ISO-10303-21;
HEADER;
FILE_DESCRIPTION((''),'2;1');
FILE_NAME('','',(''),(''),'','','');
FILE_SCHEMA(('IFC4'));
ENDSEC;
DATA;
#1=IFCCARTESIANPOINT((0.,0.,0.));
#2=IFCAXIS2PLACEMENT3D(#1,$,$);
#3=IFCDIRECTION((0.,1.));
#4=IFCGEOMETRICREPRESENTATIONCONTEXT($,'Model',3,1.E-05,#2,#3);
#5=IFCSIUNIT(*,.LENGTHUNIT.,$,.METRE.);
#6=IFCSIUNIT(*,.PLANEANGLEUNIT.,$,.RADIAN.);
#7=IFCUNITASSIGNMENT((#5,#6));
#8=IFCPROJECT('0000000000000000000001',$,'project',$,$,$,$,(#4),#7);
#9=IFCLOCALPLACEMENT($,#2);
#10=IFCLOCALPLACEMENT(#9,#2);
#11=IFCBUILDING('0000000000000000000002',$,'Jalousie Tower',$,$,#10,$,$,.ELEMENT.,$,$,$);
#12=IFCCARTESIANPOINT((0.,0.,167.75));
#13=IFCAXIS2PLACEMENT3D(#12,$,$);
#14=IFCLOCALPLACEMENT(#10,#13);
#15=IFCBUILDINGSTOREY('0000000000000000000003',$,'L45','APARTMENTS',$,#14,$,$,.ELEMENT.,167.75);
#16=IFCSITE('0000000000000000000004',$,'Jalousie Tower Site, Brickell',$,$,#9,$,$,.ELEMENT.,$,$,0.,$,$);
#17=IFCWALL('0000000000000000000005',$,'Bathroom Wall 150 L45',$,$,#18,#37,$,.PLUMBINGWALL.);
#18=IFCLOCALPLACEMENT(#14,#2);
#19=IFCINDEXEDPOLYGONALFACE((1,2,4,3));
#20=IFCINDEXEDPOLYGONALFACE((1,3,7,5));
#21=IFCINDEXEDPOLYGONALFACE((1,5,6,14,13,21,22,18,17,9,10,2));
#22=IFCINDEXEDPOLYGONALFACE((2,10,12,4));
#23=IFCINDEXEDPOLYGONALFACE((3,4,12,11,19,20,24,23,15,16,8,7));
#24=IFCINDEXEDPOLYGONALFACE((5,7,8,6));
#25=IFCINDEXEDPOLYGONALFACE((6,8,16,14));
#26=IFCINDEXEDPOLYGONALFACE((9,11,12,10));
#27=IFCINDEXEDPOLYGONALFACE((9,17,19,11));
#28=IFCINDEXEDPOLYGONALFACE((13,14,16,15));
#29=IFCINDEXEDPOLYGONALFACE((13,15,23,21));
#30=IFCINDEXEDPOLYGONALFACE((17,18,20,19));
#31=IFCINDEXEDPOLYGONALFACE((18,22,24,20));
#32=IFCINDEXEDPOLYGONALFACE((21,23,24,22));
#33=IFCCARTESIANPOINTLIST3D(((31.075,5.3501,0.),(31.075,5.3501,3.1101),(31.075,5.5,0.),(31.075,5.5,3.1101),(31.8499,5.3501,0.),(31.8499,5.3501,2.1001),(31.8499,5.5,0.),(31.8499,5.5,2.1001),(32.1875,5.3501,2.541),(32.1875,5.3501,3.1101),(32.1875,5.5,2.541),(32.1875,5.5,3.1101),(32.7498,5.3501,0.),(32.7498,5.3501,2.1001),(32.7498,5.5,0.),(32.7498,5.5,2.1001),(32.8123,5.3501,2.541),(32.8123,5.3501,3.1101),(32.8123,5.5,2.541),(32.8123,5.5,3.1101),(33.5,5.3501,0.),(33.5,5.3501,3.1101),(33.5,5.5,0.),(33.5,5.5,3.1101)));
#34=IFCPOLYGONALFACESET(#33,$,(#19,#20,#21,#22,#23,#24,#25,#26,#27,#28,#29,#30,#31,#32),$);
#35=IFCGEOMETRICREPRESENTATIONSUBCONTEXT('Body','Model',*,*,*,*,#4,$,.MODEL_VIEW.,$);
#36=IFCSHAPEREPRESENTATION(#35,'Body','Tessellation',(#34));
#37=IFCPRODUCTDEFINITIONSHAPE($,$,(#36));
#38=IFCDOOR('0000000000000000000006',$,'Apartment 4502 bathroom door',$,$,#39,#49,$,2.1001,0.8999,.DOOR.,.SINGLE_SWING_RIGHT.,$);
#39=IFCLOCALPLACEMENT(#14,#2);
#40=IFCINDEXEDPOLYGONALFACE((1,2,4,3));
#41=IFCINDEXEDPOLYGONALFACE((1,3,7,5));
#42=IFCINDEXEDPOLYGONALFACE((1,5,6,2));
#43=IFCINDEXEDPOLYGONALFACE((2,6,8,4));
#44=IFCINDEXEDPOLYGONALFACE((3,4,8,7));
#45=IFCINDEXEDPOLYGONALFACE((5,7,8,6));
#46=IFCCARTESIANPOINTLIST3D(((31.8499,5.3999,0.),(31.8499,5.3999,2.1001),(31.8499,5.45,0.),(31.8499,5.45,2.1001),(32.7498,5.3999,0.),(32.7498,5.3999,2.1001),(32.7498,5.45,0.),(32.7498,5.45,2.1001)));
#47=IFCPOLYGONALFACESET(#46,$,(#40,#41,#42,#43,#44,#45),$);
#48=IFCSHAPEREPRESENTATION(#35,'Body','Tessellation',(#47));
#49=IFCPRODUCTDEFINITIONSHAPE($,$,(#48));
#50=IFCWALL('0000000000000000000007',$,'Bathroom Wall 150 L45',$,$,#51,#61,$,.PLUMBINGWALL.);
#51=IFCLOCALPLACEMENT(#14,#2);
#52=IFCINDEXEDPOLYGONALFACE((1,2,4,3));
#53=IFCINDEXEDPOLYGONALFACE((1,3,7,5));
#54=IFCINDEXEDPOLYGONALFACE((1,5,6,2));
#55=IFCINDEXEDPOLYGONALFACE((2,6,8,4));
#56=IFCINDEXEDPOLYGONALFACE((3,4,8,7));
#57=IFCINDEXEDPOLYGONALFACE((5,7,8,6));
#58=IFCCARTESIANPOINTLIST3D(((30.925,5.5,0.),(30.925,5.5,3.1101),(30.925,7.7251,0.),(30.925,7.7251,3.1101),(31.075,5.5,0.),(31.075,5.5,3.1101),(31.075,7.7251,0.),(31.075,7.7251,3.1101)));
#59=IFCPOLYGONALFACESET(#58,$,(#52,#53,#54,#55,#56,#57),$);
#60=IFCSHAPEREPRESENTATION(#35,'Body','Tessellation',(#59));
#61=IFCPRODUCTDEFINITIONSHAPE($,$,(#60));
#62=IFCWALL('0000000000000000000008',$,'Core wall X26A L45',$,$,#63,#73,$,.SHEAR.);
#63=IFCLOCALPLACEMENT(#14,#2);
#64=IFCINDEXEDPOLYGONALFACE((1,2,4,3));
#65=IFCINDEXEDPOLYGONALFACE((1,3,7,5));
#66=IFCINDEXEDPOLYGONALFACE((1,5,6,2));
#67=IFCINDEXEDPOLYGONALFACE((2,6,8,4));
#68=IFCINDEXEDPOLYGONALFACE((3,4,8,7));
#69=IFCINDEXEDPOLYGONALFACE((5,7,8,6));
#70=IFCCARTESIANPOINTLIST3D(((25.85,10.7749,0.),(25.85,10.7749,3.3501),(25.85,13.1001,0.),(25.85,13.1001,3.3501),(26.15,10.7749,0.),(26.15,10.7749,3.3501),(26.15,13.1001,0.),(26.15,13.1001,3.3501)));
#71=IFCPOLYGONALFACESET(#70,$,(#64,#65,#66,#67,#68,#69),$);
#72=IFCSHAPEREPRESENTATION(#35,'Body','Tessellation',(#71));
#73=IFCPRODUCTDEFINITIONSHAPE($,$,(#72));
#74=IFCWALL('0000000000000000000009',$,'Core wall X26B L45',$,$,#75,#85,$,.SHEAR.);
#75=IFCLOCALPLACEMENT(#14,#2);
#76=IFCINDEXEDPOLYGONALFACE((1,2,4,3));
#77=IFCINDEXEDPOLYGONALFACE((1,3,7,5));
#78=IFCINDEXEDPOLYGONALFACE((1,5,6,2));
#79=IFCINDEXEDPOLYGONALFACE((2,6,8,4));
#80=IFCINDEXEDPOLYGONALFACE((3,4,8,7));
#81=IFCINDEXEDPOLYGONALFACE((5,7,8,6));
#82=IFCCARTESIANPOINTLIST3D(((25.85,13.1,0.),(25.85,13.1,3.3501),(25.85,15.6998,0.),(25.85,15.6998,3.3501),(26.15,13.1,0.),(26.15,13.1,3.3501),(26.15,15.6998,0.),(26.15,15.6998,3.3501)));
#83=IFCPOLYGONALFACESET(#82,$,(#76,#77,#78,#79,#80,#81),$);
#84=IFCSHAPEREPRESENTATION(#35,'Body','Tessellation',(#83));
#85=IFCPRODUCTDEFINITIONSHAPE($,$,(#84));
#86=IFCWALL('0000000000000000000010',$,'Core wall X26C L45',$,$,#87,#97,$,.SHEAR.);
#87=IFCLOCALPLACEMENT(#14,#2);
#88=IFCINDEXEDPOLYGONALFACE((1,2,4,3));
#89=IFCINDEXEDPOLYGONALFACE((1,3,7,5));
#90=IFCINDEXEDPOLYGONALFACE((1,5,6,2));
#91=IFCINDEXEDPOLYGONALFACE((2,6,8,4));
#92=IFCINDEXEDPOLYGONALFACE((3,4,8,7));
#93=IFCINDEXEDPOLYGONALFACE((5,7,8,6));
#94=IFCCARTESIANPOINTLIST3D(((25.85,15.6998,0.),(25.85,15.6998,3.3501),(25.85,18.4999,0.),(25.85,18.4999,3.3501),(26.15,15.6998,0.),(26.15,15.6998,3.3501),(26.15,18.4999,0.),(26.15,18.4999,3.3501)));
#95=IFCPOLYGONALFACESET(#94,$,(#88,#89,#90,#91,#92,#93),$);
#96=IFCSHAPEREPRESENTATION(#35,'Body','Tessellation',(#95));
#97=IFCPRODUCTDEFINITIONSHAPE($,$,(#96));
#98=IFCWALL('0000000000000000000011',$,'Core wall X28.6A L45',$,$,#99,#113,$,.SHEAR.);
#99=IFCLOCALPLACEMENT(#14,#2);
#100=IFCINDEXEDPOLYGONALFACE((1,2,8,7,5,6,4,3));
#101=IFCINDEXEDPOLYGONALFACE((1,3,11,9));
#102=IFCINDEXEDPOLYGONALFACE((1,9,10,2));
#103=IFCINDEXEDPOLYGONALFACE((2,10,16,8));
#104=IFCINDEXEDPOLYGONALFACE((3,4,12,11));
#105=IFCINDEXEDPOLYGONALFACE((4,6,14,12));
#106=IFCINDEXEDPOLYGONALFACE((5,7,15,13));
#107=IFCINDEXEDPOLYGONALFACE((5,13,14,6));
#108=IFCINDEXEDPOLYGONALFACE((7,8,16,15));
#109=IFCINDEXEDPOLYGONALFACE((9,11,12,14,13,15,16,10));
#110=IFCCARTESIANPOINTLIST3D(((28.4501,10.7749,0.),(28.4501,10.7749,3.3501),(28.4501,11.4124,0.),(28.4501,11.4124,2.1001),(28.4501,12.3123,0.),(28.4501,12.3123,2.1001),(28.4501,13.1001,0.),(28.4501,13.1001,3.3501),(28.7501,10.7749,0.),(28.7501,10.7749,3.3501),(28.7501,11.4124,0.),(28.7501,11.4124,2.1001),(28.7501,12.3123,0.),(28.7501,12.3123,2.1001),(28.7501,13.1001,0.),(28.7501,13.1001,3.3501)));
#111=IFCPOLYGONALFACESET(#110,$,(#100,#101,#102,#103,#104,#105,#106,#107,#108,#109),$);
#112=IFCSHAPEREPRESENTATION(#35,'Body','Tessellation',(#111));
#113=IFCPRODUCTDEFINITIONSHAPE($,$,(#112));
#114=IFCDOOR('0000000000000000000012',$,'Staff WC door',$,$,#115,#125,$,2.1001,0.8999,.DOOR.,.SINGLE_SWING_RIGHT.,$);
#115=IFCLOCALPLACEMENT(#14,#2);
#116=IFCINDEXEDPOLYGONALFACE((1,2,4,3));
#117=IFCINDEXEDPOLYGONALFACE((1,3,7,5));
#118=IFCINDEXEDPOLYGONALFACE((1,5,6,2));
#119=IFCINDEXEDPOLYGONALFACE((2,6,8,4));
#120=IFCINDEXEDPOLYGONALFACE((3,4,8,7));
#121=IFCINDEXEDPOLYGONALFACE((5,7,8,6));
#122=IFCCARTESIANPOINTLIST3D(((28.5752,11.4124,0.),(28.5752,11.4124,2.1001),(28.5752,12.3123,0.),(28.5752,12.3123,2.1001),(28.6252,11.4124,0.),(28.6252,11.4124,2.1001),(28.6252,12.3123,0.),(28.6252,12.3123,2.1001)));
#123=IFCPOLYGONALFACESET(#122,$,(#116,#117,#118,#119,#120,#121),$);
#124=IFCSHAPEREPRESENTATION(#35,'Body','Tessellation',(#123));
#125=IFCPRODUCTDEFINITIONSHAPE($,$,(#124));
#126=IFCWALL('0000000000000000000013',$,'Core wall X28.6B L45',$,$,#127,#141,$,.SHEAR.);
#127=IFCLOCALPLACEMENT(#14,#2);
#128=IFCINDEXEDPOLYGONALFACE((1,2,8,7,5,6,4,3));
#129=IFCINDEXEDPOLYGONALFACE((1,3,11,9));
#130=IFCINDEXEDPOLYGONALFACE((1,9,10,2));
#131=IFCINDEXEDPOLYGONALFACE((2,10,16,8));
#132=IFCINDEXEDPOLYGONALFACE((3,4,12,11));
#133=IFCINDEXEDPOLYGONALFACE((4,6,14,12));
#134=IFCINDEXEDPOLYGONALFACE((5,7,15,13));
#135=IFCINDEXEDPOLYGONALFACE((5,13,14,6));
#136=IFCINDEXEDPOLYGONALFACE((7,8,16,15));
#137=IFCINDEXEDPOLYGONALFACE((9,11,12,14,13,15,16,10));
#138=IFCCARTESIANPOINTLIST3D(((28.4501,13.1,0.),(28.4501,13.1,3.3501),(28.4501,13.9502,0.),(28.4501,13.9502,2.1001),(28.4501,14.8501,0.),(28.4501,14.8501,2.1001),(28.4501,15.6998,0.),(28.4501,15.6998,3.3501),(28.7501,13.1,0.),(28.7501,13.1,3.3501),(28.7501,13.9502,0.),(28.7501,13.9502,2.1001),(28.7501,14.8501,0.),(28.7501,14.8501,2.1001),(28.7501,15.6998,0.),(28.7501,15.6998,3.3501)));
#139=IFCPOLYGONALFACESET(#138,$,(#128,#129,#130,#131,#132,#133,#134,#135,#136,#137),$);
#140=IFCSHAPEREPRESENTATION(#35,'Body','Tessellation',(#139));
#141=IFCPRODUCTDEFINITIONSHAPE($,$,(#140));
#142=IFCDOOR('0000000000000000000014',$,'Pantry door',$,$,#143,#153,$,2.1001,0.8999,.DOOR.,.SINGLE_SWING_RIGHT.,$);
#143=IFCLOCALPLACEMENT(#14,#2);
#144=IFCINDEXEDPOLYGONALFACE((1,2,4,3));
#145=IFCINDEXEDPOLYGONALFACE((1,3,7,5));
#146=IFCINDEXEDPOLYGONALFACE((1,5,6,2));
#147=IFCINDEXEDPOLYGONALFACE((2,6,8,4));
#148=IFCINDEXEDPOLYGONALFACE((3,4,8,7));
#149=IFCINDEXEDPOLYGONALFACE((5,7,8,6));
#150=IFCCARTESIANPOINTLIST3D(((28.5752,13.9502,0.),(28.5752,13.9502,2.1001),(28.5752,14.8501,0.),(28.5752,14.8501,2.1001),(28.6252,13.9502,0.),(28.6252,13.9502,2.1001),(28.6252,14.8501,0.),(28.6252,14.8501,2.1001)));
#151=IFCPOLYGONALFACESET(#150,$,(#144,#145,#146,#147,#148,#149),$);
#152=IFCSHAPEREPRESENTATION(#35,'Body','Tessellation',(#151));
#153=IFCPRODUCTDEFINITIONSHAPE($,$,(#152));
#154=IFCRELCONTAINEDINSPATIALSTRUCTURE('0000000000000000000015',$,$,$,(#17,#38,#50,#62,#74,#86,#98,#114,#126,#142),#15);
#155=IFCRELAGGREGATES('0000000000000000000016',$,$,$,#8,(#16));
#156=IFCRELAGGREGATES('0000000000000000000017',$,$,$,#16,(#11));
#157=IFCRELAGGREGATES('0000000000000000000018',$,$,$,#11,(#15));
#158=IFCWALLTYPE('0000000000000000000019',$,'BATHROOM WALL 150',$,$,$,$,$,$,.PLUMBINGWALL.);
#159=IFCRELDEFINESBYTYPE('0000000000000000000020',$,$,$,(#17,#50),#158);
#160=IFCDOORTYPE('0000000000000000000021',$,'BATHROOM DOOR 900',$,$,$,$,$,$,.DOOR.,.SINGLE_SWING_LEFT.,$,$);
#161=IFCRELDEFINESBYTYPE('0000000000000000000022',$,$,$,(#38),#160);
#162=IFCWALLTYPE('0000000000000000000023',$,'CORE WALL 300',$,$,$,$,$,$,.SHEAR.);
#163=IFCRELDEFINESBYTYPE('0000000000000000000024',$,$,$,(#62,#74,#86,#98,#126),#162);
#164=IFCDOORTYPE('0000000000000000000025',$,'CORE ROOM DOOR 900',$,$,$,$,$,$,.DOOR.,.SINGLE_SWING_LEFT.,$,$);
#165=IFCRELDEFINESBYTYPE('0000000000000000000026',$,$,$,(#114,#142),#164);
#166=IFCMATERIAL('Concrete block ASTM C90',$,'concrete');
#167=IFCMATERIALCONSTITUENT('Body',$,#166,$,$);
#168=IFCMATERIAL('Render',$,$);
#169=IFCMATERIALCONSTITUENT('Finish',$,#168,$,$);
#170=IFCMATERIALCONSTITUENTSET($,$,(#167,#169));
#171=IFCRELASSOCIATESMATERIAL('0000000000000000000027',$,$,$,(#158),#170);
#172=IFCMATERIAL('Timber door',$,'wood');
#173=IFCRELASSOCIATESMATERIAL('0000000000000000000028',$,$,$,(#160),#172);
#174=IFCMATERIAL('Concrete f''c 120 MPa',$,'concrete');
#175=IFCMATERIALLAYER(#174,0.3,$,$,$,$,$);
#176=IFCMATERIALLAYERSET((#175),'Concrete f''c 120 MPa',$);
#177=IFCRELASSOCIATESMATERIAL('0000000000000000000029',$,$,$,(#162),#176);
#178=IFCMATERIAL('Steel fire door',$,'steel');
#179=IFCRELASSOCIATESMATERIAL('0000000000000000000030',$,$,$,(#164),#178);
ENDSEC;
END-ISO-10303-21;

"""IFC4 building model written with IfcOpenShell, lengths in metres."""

from ifc_helpers import new_model, si_unit, direction, frame, frame_2d, origin, place, context, subcontext, project, spatial, polyline, rectangle, outline, extrude, material, layer, layer_set, constituent, constituent_set, type_object, element, fill, save


model = new_model("IFC4")

# Units and contexts
model_context = context("Model", 3, precision=1e-05, world=origin(), true_north=direction((0.0, 1.0)))
body_context = subcontext(model_context, "Body", "Model", "MODEL_VIEW")
ifc_project = project(units=[si_unit("LENGTHUNIT", "METRE"), si_unit("PLANEANGLEUNIT", "RADIAN")], contexts=[model_context])

# Site, building, storey
site_placement = place(None, origin())
site = spatial("IfcSite", under=ifc_project, at=site_placement, Name="Jalousie Tower Site, Brickell", CompositionType="ELEMENT", RefElevation=0.0)
building_placement = place(site_placement, origin())
building = spatial("IfcBuilding", under=site, at=building_placement, Name="Jalousie Tower", CompositionType="ELEMENT")
storey_placement = place(building_placement, frame((0.0, 0.0, 167.75)))
storey = spatial("IfcBuildingStorey", under=building, at=storey_placement, Name="L45", Description="APARTMENTS", CompositionType="ELEMENT", Elevation=167.75)

# Wall, opening, door
ifc_material_1 = material(Name="Concrete block ASTM C90", Category="concrete")
ifc_constituent_1 = constituent(ifc_material_1, Name="Body")
ifc_material_2 = material(Name="Render")
ifc_constituent_2 = constituent(ifc_material_2, Name="Finish")
ifc_constituent_set_1 = constituent_set(constituents=[ifc_constituent_1, ifc_constituent_2])
wall_type_1 = type_object("IfcWallType", Name="BATHROOM WALL 150", PredefinedType="PLUMBINGWALL", material=ifc_constituent_set_1)
wall_1_placement = place(storey_placement, frame((31.075, 5.425, 0.0), z_axis=(0.0, 0.0, 1.0), x_axis=(1.0, 0.0, 0.0)))
wall_1 = element("IfcWall", 1, at=wall_1_placement, inside=storey, type_object=wall_type_1, Name="Bathroom Wall 150 L45", PredefinedType="PLUMBINGWALL", context=body_context, shape_type="SweptSolid", body=[
    extrude(outline(polyline([(0.0, 0.0), (2.425, 0.0), (2.425, 3.1101), (1.7373, 3.1101), (1.7373, 2.541), (1.1125, 2.541), (1.1125, 3.1101), (0.0, 3.1101), (0.0, 0.0)])), frame((0.0, 0.075, 0.0), z_axis=(0.0, -1.0, 0.0), x_axis=(1.0, 0.0, 0.0)), (0.0, 0.0, 1.0), 0.1499),
])
opening_1_placement = place(wall_1_placement, frame((0.7749, 0.0, 0.0)))
opening_1 = element("IfcOpeningElement", 2, at=opening_1_placement, cuts=wall_1, PredefinedType="OPENING", context=body_context, shape_type="SweptSolid", body=[
    extrude(rectangle(XDim=0.8999, YDim=2.1001, at=frame_2d((0.45, 1.05))), frame((0.0, 0.085, 0.0), z_axis=(0.0, -1.0, 0.0), x_axis=(1.0, 0.0, 0.0)), (0.0, 0.0, 1.0), 0.1699),
])
ifc_material_3 = material(Name="Timber door", Category="wood")
door_type_1 = type_object("IfcDoorType", Name="BATHROOM DOOR 900", OperationType="SINGLE_SWING_LEFT", PredefinedType="DOOR", material=ifc_material_3)
door_1_placement = place(opening_1_placement, origin())
door_1 = element("IfcDoor", 3, at=door_1_placement, inside=storey, type_object=door_type_1, Name="Apartment 4502 bathroom door", OperationType="SINGLE_SWING_RIGHT", OverallHeight=2.1001, OverallWidth=0.8999, PredefinedType="DOOR", context=body_context, shape_type="SweptSolid", body=[
    extrude(rectangle(XDim=0.8999, YDim=2.1001, at=frame_2d((0.45, 1.05))), frame((0.0, 0.0249, 0.0), z_axis=(0.0, -1.0, 0.0), x_axis=(1.0, 0.0, 0.0)), (0.0, 0.0, 1.0), 0.05),
])
fill(opening_1, door_1)

# Walls
wall_2_placement = place(storey_placement, frame((31.0, 5.5, 0.0), z_axis=(0.0, 0.0, 1.0), x_axis=(0.0, 1.0, 0.0)))
element("IfcWall", 4, at=wall_2_placement, inside=storey, type_object=wall_type_1, Name="Bathroom Wall 150 L45", PredefinedType="PLUMBINGWALL", context=body_context, shape_type="SweptSolid", body=[
    extrude(rectangle(XDim=2.2251, YDim=0.1499, at=frame_2d((1.1125, 0.0))), origin(), (0.0, 0.0, 1.0), 3.1101),
])
ifc_material_4 = material(Name="Concrete f'c 120 MPa", Category="concrete")
ifc_layer = layer(ifc_material_4, 0.3)
ifc_layer_set = layer_set([ifc_layer], Name="Concrete f'c 120 MPa")
wall_type_2 = type_object("IfcWallType", Name="CORE WALL 300", PredefinedType="SHEAR", material=ifc_layer_set)
wall_3_placement = place(storey_placement, frame((26.0, 10.7749, 0.0), z_axis=(0.0, 0.0, 1.0), x_axis=(0.0, 1.0, 0.0)))
element("IfcWall", 5, at=wall_3_placement, inside=storey, type_object=wall_type_2, Name="Core wall X26A L45", PredefinedType="SHEAR", context=body_context, shape_type="SweptSolid", body=[
    extrude(rectangle(XDim=2.3252, YDim=0.3, at=frame_2d((1.1626, 0.0))), origin(), (0.0, 0.0, 1.0), 3.3501),
])
wall_4_placement = place(storey_placement, frame((26.0, 13.1001, 0.0), z_axis=(0.0, 0.0, 1.0), x_axis=(0.0, 1.0, 0.0)))
element("IfcWall", 6, at=wall_4_placement, inside=storey, type_object=wall_type_2, Name="Core wall X26B L45", PredefinedType="SHEAR", context=body_context, shape_type="SweptSolid", body=[
    extrude(rectangle(XDim=2.5999, YDim=0.3, at=frame_2d((1.2998, 0.0))), origin(), (0.0, 0.0, 1.0), 3.3501),
])
wall_5_placement = place(storey_placement, frame((26.0, 15.7, 0.0), z_axis=(0.0, 0.0, 1.0), x_axis=(0.0, 1.0, 0.0)))
element("IfcWall", 7, at=wall_5_placement, inside=storey, type_object=wall_type_2, Name="Core wall X26C L45", PredefinedType="SHEAR", context=body_context, shape_type="SweptSolid", body=[
    extrude(rectangle(XDim=2.8, YDim=0.3, at=frame_2d((1.3999, 0.0))), origin(), (0.0, 0.0, 1.0), 3.3501),
])

# Walls, openings, doors
wall_6_placement = place(storey_placement, frame((28.6001, 10.7749, 0.0), z_axis=(0.0, 0.0, 1.0), x_axis=(0.0, 1.0, 0.0)))
wall_6 = element("IfcWall", 8, at=wall_6_placement, inside=storey, type_object=wall_type_2, Name="Core wall X28.6A L45", PredefinedType="SHEAR", context=body_context, shape_type="SweptSolid", body=[
    extrude(rectangle(XDim=2.3252, YDim=0.3, at=frame_2d((1.1626, 0.0))), origin(), (0.0, 0.0, 1.0), 3.3501),
])
opening_2_placement = place(wall_6_placement, frame((0.6375, 0.0, 0.0)))
opening_2 = element("IfcOpeningElement", 9, at=opening_2_placement, cuts=wall_6, PredefinedType="OPENING", context=body_context, shape_type="SweptSolid", body=[
    extrude(rectangle(XDim=0.8999, YDim=2.1001, at=frame_2d((0.45, 1.05))), frame((0.0, 0.1599, 0.0), z_axis=(0.0, -1.0, 0.0), x_axis=(1.0, 0.0, 0.0)), (0.0, 0.0, 1.0), 0.3201),
])
ifc_material_5 = material(Name="Steel fire door", Category="steel")
door_type_2 = type_object("IfcDoorType", Name="CORE ROOM DOOR 900", OperationType="SINGLE_SWING_LEFT", PredefinedType="DOOR", material=ifc_material_5)
door_2_placement = place(opening_2_placement, origin())
door_2 = element("IfcDoor", 10, at=door_2_placement, inside=storey, type_object=door_type_2, Name="Staff WC door", OperationType="SINGLE_SWING_RIGHT", OverallHeight=2.1001, OverallWidth=0.8999, PredefinedType="DOOR", context=body_context, shape_type="SweptSolid", body=[
    extrude(rectangle(XDim=0.8999, YDim=2.1001, at=frame_2d((0.45, 1.05))), frame((0.0, 0.0249, 0.0), z_axis=(0.0, -1.0, 0.0), x_axis=(1.0, 0.0, 0.0)), (0.0, 0.0, 1.0), 0.05),
])
fill(opening_2, door_2)
wall_7_placement = place(storey_placement, frame((28.6001, 13.1001, 0.0), z_axis=(0.0, 0.0, 1.0), x_axis=(0.0, 1.0, 0.0)))
wall_7 = element("IfcWall", 11, at=wall_7_placement, inside=storey, type_object=wall_type_2, Name="Core wall X28.6B L45", PredefinedType="SHEAR", context=body_context, shape_type="SweptSolid", body=[
    extrude(rectangle(XDim=2.5999, YDim=0.3, at=frame_2d((1.2998, 0.0))), origin(), (0.0, 0.0, 1.0), 3.3501),
])
opening_3_placement = place(wall_7_placement, frame((0.8501, 0.0, 0.0)))
opening_3 = element("IfcOpeningElement", 12, at=opening_3_placement, cuts=wall_7, PredefinedType="OPENING", context=body_context, shape_type="SweptSolid", body=[
    extrude(rectangle(XDim=0.8999, YDim=2.1001, at=frame_2d((0.45, 1.05))), frame((0.0, 0.1599, 0.0), z_axis=(0.0, -1.0, 0.0), x_axis=(1.0, 0.0, 0.0)), (0.0, 0.0, 1.0), 0.3201),
])
door_3_placement = place(opening_3_placement, origin())
door_3 = element("IfcDoor", 13, at=door_3_placement, inside=storey, type_object=door_type_2, Name="Pantry door", OperationType="SINGLE_SWING_RIGHT", OverallHeight=2.1001, OverallWidth=0.8999, PredefinedType="DOOR", context=body_context, shape_type="SweptSolid", body=[
    extrude(rectangle(XDim=0.8999, YDim=2.1001, at=frame_2d((0.45, 1.05))), frame((0.0, 0.0249, 0.0), z_axis=(0.0, -1.0, 0.0), x_axis=(1.0, 0.0, 0.0)), (0.0, 0.0, 1.0), 0.05),
])
fill(opening_3, door_3)

save(model, "model.ifc")
